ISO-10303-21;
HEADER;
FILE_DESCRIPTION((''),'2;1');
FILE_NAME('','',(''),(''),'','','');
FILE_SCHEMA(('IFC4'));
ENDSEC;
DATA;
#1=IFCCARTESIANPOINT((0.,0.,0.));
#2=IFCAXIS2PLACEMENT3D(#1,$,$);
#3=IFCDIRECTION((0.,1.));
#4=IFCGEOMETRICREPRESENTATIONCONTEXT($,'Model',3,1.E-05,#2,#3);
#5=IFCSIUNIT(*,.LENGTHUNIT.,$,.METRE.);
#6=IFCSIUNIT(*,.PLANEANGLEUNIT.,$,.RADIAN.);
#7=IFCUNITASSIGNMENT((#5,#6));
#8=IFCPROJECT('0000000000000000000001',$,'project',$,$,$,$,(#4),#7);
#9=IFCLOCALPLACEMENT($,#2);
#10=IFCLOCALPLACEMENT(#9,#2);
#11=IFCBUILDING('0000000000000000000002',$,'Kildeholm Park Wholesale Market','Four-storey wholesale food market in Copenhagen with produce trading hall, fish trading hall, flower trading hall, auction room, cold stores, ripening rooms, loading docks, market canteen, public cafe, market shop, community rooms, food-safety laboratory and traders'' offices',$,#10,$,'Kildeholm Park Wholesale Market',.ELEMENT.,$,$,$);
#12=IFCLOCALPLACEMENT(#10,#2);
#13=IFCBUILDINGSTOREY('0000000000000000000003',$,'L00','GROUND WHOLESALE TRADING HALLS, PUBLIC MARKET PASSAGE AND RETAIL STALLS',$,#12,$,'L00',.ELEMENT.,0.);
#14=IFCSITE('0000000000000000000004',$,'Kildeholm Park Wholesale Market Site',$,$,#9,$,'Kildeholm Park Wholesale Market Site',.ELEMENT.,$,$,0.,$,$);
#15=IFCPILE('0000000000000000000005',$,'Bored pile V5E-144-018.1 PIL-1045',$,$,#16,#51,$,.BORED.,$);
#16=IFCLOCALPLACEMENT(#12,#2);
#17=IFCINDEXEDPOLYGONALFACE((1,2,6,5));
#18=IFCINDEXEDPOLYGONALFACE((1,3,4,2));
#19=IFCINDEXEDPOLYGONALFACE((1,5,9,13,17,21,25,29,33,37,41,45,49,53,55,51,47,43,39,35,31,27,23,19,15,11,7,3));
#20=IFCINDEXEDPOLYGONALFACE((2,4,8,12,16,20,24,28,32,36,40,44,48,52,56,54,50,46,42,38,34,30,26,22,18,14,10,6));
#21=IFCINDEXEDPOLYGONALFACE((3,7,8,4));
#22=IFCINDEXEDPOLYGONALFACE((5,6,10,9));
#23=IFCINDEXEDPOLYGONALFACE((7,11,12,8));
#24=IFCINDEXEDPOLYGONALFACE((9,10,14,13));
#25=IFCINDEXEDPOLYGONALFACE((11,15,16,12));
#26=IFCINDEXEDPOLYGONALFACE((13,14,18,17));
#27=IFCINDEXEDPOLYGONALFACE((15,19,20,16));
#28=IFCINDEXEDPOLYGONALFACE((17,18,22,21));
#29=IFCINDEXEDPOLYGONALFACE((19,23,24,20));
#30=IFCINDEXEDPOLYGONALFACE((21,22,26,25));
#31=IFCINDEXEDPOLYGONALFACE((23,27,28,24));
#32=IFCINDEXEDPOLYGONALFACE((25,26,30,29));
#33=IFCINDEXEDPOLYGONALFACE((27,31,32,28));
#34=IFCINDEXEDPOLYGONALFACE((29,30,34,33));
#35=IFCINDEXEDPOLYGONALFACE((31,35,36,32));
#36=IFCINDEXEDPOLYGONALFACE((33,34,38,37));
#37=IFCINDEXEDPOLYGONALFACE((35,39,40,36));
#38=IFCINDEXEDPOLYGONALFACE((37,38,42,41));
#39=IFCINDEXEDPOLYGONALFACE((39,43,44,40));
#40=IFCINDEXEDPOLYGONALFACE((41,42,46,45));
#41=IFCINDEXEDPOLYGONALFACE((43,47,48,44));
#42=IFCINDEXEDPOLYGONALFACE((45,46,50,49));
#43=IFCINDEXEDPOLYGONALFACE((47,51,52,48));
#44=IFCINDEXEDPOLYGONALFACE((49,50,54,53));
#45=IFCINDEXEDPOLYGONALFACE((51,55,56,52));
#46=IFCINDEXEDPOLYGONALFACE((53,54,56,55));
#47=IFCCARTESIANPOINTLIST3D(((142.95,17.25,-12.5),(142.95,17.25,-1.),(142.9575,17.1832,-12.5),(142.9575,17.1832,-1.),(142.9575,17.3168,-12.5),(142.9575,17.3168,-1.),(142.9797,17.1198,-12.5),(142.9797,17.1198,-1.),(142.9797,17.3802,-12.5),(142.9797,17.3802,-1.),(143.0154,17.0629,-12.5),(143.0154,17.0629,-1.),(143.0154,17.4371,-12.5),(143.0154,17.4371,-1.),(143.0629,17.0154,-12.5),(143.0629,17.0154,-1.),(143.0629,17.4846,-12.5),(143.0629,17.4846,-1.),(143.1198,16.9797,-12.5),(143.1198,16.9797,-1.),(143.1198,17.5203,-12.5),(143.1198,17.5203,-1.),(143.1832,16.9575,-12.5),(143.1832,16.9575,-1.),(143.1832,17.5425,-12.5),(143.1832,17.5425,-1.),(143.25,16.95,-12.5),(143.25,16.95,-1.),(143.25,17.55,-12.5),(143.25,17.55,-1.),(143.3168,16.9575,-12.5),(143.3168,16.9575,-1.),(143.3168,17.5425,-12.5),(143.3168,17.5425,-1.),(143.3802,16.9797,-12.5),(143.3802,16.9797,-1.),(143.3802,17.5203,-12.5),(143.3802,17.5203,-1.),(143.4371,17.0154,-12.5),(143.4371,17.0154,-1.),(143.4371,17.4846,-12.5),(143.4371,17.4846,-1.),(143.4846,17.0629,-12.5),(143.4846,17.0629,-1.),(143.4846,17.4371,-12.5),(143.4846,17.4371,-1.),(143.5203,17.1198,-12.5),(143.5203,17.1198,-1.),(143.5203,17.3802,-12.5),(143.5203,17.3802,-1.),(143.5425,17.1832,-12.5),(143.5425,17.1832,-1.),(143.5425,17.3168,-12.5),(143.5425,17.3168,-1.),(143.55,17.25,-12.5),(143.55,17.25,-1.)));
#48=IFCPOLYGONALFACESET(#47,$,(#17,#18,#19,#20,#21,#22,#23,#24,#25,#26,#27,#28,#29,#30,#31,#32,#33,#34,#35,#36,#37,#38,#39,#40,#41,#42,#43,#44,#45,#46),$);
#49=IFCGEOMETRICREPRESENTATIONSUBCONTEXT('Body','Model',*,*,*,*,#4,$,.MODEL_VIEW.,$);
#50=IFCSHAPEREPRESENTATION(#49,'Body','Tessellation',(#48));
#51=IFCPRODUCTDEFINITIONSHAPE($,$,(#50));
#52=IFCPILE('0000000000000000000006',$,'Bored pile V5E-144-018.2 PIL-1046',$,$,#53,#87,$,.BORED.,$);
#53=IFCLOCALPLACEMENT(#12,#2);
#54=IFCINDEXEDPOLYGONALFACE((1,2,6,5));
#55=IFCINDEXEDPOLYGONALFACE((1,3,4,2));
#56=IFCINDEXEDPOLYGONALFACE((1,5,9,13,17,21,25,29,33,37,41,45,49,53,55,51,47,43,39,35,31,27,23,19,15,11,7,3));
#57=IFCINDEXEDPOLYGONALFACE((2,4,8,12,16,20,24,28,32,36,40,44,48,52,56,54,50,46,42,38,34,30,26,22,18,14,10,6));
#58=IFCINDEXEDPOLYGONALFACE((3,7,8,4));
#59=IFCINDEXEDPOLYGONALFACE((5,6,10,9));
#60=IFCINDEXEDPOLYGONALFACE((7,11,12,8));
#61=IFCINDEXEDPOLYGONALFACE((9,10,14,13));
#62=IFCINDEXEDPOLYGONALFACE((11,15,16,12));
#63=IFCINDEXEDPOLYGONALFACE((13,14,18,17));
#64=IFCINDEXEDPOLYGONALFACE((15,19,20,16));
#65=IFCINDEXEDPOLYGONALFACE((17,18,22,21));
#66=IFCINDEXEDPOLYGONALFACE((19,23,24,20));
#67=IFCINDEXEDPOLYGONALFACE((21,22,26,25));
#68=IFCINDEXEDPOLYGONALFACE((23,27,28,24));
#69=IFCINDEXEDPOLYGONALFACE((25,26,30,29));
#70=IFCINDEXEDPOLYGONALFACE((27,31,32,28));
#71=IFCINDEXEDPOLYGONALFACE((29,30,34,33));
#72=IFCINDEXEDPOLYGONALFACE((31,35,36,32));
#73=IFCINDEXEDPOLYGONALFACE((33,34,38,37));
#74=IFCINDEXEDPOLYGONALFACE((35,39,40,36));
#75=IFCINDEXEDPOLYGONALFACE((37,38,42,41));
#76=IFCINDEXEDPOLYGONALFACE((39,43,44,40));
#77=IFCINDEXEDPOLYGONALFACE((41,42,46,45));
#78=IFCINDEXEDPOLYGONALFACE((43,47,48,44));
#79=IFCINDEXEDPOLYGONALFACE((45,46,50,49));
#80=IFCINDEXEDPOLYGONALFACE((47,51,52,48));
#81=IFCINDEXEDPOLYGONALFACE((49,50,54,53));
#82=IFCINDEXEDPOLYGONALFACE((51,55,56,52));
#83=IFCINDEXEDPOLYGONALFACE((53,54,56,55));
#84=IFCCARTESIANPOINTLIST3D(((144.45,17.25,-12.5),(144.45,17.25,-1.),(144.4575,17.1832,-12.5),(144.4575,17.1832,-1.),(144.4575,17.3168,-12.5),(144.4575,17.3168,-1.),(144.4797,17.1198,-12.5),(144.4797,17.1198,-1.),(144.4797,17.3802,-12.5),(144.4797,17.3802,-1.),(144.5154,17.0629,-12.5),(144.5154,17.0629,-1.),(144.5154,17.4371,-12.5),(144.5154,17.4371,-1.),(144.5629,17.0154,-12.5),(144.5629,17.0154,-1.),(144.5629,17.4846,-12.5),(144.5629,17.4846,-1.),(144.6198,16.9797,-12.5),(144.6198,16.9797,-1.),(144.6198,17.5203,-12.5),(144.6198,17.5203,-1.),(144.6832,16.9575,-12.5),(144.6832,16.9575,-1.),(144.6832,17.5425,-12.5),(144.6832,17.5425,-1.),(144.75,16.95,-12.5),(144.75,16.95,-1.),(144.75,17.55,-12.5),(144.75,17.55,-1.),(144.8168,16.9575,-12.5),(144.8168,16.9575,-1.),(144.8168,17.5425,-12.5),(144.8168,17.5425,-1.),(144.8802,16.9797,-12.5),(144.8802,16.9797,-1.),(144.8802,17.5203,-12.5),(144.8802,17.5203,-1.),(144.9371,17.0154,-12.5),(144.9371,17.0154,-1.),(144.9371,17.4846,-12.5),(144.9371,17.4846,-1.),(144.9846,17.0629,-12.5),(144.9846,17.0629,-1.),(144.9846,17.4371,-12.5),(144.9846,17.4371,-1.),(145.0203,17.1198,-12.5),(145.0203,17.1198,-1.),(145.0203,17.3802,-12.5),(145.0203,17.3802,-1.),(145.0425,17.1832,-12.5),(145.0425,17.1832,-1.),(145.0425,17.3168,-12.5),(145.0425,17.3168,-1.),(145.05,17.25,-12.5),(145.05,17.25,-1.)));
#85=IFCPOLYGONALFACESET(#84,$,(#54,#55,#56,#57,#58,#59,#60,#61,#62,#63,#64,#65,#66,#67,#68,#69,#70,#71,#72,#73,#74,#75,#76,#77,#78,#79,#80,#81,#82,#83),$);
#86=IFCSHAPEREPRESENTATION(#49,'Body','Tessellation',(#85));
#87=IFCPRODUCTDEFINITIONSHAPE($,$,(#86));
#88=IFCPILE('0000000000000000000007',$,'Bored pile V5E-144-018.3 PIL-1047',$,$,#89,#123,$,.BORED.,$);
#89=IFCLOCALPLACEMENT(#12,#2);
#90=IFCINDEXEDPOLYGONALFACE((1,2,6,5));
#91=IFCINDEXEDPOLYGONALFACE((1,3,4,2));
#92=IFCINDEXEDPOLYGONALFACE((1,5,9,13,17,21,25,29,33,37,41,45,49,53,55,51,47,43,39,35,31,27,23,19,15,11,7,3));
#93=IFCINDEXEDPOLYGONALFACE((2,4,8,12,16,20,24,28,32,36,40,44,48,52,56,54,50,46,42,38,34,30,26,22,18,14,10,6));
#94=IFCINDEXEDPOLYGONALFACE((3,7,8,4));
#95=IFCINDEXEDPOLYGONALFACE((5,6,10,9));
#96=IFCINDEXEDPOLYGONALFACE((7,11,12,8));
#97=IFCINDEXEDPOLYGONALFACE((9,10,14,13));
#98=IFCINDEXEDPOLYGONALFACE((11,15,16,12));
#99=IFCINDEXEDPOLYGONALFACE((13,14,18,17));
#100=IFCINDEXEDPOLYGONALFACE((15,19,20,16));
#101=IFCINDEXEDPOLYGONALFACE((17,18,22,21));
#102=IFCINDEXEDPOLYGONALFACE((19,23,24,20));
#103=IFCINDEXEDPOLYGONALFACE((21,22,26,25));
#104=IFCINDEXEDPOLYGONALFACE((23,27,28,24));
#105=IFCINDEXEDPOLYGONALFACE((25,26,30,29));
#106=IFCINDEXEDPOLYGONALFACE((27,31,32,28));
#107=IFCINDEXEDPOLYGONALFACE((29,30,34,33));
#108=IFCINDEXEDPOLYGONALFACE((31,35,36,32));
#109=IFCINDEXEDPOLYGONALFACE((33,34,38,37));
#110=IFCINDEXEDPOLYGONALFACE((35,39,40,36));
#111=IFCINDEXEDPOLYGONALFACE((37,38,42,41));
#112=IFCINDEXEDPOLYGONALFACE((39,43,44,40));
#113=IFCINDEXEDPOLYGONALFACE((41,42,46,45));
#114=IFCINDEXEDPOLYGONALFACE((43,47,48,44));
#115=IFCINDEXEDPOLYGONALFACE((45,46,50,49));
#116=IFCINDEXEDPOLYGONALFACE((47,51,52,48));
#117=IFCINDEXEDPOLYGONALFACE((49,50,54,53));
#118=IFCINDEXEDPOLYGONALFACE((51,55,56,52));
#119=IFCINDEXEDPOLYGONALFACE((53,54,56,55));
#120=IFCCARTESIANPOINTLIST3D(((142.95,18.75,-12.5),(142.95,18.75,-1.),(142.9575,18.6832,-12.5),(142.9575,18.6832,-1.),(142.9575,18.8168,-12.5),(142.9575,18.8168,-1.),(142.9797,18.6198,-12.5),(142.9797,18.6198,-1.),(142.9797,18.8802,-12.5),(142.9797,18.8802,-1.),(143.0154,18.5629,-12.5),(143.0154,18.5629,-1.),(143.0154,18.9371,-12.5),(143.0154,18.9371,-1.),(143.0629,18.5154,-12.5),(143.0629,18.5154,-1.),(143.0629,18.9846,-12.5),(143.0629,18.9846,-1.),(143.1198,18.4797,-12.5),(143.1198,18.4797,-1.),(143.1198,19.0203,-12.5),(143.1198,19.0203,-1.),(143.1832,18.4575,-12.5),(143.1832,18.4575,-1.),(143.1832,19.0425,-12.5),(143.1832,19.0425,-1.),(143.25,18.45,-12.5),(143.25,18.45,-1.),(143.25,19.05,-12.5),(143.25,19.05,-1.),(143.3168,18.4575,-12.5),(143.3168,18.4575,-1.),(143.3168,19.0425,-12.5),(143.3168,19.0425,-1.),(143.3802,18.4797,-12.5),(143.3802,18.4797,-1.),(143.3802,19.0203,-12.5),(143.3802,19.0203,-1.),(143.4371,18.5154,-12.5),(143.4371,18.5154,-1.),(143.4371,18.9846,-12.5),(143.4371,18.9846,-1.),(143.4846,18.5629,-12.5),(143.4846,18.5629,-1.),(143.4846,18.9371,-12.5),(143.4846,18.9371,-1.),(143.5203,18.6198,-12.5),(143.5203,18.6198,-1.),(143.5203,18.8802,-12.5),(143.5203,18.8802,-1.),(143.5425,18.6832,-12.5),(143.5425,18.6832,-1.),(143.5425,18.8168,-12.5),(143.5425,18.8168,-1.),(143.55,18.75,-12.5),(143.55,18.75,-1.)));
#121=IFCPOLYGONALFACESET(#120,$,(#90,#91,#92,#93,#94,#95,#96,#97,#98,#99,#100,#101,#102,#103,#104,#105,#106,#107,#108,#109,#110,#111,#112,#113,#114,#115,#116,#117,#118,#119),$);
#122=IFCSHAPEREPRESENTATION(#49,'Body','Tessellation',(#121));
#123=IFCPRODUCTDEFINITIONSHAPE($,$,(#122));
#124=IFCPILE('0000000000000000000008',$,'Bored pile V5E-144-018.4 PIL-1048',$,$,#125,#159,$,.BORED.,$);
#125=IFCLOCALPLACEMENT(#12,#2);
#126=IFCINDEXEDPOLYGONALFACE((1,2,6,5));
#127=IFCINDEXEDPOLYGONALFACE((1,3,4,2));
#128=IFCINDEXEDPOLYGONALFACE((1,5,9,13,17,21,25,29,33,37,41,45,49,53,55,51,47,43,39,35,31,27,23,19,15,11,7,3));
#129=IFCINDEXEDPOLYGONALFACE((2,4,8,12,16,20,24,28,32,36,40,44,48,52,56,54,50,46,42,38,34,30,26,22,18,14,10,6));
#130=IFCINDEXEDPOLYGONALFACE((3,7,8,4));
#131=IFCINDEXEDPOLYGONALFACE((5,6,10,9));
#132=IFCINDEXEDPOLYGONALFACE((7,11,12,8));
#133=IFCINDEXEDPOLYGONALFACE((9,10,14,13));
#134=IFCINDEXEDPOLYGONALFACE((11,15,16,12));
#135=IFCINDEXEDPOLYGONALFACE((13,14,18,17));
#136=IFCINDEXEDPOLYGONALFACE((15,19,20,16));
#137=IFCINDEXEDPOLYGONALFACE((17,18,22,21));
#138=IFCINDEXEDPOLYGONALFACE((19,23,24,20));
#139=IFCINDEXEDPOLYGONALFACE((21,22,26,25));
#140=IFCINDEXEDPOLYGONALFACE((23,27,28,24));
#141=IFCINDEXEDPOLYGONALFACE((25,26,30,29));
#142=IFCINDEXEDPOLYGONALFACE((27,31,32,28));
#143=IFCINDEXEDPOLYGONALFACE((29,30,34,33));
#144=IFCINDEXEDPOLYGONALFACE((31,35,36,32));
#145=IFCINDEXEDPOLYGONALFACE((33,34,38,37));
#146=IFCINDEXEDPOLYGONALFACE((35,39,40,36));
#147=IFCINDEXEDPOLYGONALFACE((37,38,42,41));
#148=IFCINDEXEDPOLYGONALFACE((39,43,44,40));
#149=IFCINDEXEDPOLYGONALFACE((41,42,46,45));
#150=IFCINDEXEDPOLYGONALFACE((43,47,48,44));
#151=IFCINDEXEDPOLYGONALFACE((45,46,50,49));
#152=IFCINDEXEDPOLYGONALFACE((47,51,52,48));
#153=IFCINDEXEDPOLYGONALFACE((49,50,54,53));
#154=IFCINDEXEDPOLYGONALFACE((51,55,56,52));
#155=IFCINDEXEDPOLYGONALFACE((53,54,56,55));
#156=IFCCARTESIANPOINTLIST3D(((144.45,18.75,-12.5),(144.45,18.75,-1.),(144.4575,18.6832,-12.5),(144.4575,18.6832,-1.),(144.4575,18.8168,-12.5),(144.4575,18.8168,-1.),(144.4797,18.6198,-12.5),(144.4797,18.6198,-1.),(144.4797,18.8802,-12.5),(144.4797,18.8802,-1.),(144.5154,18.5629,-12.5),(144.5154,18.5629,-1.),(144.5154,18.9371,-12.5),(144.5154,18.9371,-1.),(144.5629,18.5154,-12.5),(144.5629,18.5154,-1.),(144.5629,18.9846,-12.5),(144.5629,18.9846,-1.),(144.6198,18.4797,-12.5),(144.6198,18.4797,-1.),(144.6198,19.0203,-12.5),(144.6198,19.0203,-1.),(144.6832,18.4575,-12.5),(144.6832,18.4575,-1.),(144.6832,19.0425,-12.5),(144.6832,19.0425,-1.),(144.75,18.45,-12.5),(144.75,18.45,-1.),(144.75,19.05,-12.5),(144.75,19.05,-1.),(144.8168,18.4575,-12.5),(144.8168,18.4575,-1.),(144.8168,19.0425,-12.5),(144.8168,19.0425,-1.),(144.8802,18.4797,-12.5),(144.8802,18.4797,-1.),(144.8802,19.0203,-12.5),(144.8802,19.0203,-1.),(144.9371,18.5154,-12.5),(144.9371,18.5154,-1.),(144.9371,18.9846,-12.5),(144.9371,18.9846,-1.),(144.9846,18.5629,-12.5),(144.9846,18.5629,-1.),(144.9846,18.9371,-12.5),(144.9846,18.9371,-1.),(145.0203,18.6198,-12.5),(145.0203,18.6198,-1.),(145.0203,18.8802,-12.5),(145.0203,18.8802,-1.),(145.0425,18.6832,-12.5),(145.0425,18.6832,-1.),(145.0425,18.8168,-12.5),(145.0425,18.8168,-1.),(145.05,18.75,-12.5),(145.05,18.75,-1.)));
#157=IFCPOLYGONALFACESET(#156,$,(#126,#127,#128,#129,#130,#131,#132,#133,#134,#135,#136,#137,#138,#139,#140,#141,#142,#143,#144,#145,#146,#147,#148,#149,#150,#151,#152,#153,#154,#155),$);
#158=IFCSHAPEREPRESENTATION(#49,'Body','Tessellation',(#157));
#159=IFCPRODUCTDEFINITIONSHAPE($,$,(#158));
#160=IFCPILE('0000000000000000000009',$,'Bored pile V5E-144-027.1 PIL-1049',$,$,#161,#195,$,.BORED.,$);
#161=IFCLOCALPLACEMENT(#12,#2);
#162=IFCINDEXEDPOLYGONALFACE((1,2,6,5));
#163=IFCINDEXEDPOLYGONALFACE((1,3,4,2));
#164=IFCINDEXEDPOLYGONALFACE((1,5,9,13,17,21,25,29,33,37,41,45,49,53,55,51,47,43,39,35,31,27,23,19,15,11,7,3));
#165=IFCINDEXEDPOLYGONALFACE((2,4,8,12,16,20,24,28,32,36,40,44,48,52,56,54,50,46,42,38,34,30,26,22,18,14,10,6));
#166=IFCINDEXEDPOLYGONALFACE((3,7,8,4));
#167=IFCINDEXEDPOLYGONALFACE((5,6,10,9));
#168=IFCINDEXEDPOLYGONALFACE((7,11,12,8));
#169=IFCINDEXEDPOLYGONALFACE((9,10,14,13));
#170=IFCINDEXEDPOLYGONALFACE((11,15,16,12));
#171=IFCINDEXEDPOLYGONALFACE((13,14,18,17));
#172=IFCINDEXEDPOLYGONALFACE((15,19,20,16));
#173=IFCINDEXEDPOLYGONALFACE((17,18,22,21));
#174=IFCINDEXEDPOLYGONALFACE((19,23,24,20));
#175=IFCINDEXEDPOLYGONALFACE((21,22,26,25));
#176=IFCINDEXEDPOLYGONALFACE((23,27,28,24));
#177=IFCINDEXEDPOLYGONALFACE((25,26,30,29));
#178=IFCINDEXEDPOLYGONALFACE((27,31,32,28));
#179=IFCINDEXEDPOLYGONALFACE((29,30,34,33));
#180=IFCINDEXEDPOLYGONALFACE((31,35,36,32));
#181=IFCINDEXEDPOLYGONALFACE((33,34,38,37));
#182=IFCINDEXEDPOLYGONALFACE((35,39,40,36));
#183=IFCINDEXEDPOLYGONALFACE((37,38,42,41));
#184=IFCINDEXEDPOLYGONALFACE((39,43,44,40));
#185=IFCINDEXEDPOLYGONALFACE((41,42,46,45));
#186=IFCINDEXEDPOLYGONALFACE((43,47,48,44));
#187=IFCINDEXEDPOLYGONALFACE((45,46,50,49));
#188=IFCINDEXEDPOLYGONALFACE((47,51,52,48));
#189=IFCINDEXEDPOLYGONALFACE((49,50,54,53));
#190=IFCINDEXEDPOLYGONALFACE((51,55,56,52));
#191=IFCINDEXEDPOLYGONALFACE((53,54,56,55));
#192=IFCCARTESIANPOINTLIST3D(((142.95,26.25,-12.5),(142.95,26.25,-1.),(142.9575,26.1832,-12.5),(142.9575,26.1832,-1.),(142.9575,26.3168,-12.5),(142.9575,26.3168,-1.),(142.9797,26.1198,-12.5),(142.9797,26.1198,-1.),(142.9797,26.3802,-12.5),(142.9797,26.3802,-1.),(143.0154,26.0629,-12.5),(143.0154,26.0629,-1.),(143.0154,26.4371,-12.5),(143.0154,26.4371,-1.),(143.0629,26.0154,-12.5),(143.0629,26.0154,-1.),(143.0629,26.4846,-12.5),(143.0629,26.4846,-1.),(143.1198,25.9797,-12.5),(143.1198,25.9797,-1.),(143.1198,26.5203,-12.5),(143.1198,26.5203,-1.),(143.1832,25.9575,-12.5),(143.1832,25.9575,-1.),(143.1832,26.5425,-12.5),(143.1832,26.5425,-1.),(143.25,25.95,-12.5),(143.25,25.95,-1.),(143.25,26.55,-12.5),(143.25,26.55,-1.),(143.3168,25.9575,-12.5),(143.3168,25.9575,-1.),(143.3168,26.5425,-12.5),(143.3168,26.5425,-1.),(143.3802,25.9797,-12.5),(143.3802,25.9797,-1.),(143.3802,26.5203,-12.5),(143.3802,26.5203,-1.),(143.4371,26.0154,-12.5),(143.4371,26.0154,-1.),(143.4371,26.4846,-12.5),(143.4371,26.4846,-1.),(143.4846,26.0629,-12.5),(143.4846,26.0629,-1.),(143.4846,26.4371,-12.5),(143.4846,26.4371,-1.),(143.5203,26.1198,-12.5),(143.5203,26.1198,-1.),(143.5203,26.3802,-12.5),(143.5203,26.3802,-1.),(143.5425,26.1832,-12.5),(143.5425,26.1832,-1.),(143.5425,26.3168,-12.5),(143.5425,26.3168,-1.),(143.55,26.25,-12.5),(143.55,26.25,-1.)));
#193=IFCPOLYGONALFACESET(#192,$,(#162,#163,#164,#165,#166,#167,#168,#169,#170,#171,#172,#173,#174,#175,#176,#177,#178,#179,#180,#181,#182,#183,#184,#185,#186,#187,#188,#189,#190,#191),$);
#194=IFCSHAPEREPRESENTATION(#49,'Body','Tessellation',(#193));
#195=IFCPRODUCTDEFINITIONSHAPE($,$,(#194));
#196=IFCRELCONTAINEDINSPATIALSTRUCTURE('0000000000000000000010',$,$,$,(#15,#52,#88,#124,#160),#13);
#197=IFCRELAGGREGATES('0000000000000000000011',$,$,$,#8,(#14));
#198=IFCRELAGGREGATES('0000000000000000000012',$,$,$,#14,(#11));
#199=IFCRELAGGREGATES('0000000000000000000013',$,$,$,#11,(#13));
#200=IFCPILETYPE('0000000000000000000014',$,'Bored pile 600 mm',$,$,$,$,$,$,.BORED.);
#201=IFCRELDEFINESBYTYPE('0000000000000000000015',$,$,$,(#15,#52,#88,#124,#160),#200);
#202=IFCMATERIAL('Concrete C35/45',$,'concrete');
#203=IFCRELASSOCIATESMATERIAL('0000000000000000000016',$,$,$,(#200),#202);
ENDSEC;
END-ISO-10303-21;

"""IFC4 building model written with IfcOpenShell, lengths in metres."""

from ifc_helpers import new_model, si_unit, direction, frame, origin, origin_2d, place, context, subcontext, project, spatial, circle, extrude, material, material_profile, profile_set, type_object, element, save


model = new_model("IFC4")

# Units and contexts
model_context = context("Model", 3, precision=1e-05, world=origin(), true_north=direction((0.0, 1.0)))
body_context = subcontext(model_context, "Body", "Model", "MODEL_VIEW")
ifc_project = project(units=[si_unit("LENGTHUNIT", "METRE"), si_unit("PLANEANGLEUNIT", "RADIAN")], contexts=[model_context])

# Site, building, storey
site_placement = place(None, origin())
site = spatial("IfcSite", under=ifc_project, at=site_placement, Name="Kildeholm Park Wholesale Market Site", LongName="Kildeholm Park Wholesale Market Site", CompositionType="ELEMENT", RefElevation=0.0)
building_placement = place(site_placement, origin())
building = spatial("IfcBuilding", under=site, at=building_placement, Name="Kildeholm Park Wholesale Market", Description="Four-storey wholesale food market in Copenhagen with produce trading hall, fish trading hall, flower trading hall, auction room, cold stores, ripening rooms, loading docks, market canteen, public cafe, market shop, community rooms, food-safety laboratory and traders' offices", LongName="Kildeholm Park Wholesale Market", CompositionType="ELEMENT")
storey_placement = place(building_placement, origin())
storey = spatial("IfcBuildingStorey", under=building, at=storey_placement, Name="L00", Description="GROUND WHOLESALE TRADING HALLS, PUBLIC MARKET PASSAGE AND RETAIL STALLS", LongName="L00", CompositionType="ELEMENT", Elevation=0.0)

# Piles
ifc_material_1 = material(Name="Concrete C35/45", Category="concrete")
ifc_material_profile_1 = material_profile(ifc_material_1, circle(Radius=0.3, at=origin_2d()), Name="PILE D600")
ifc_profile_set_1 = profile_set([ifc_material_profile_1], Name="Concrete C35/45")
pile_type = type_object("IfcPileType", Name="Bored pile 600 mm", PredefinedType="BORED", material=ifc_profile_set_1)
for number, where, z_axis, x_axis, name in (
    (1, (143.25, 17.25, -1.0), (0.0, 0.0, -1.0), (1.0, 0.0, 0.0), "Bored pile V5E-144-018.1 PIL-1045"),
    (2, (144.75, 17.25, -1.0), (0.0, 0.0, -1.0), (1.0, 0.0, 0.0), "Bored pile V5E-144-018.2 PIL-1046"),
    (3, (143.25, 18.75, -1.0), (0.0, 0.0, -1.0), (1.0, 0.0, 0.0), "Bored pile V5E-144-018.3 PIL-1047"),
    (4, (144.75, 18.75, -1.0), (0.0, 0.0, -1.0), (1.0, 0.0, 0.0), "Bored pile V5E-144-018.4 PIL-1048"),
    (5, (143.25, 26.25, -1.0), (0.0, 0.0, -1.0), (1.0, 0.0, 0.0), "Bored pile V5E-144-027.1 PIL-1049"),
):
    element("IfcPile", number, at=place(storey_placement, frame(where, z_axis=z_axis, x_axis=x_axis)), inside=storey, type_object=pile_type, Name=name, PredefinedType="BORED", context=body_context, shape_type="SweptSolid", body=[
        extrude(circle(Radius=0.3, at=origin_2d()), origin(), (0.0, 0.0, 1.0), 11.5),
    ])

save(model, "model.ifc")
